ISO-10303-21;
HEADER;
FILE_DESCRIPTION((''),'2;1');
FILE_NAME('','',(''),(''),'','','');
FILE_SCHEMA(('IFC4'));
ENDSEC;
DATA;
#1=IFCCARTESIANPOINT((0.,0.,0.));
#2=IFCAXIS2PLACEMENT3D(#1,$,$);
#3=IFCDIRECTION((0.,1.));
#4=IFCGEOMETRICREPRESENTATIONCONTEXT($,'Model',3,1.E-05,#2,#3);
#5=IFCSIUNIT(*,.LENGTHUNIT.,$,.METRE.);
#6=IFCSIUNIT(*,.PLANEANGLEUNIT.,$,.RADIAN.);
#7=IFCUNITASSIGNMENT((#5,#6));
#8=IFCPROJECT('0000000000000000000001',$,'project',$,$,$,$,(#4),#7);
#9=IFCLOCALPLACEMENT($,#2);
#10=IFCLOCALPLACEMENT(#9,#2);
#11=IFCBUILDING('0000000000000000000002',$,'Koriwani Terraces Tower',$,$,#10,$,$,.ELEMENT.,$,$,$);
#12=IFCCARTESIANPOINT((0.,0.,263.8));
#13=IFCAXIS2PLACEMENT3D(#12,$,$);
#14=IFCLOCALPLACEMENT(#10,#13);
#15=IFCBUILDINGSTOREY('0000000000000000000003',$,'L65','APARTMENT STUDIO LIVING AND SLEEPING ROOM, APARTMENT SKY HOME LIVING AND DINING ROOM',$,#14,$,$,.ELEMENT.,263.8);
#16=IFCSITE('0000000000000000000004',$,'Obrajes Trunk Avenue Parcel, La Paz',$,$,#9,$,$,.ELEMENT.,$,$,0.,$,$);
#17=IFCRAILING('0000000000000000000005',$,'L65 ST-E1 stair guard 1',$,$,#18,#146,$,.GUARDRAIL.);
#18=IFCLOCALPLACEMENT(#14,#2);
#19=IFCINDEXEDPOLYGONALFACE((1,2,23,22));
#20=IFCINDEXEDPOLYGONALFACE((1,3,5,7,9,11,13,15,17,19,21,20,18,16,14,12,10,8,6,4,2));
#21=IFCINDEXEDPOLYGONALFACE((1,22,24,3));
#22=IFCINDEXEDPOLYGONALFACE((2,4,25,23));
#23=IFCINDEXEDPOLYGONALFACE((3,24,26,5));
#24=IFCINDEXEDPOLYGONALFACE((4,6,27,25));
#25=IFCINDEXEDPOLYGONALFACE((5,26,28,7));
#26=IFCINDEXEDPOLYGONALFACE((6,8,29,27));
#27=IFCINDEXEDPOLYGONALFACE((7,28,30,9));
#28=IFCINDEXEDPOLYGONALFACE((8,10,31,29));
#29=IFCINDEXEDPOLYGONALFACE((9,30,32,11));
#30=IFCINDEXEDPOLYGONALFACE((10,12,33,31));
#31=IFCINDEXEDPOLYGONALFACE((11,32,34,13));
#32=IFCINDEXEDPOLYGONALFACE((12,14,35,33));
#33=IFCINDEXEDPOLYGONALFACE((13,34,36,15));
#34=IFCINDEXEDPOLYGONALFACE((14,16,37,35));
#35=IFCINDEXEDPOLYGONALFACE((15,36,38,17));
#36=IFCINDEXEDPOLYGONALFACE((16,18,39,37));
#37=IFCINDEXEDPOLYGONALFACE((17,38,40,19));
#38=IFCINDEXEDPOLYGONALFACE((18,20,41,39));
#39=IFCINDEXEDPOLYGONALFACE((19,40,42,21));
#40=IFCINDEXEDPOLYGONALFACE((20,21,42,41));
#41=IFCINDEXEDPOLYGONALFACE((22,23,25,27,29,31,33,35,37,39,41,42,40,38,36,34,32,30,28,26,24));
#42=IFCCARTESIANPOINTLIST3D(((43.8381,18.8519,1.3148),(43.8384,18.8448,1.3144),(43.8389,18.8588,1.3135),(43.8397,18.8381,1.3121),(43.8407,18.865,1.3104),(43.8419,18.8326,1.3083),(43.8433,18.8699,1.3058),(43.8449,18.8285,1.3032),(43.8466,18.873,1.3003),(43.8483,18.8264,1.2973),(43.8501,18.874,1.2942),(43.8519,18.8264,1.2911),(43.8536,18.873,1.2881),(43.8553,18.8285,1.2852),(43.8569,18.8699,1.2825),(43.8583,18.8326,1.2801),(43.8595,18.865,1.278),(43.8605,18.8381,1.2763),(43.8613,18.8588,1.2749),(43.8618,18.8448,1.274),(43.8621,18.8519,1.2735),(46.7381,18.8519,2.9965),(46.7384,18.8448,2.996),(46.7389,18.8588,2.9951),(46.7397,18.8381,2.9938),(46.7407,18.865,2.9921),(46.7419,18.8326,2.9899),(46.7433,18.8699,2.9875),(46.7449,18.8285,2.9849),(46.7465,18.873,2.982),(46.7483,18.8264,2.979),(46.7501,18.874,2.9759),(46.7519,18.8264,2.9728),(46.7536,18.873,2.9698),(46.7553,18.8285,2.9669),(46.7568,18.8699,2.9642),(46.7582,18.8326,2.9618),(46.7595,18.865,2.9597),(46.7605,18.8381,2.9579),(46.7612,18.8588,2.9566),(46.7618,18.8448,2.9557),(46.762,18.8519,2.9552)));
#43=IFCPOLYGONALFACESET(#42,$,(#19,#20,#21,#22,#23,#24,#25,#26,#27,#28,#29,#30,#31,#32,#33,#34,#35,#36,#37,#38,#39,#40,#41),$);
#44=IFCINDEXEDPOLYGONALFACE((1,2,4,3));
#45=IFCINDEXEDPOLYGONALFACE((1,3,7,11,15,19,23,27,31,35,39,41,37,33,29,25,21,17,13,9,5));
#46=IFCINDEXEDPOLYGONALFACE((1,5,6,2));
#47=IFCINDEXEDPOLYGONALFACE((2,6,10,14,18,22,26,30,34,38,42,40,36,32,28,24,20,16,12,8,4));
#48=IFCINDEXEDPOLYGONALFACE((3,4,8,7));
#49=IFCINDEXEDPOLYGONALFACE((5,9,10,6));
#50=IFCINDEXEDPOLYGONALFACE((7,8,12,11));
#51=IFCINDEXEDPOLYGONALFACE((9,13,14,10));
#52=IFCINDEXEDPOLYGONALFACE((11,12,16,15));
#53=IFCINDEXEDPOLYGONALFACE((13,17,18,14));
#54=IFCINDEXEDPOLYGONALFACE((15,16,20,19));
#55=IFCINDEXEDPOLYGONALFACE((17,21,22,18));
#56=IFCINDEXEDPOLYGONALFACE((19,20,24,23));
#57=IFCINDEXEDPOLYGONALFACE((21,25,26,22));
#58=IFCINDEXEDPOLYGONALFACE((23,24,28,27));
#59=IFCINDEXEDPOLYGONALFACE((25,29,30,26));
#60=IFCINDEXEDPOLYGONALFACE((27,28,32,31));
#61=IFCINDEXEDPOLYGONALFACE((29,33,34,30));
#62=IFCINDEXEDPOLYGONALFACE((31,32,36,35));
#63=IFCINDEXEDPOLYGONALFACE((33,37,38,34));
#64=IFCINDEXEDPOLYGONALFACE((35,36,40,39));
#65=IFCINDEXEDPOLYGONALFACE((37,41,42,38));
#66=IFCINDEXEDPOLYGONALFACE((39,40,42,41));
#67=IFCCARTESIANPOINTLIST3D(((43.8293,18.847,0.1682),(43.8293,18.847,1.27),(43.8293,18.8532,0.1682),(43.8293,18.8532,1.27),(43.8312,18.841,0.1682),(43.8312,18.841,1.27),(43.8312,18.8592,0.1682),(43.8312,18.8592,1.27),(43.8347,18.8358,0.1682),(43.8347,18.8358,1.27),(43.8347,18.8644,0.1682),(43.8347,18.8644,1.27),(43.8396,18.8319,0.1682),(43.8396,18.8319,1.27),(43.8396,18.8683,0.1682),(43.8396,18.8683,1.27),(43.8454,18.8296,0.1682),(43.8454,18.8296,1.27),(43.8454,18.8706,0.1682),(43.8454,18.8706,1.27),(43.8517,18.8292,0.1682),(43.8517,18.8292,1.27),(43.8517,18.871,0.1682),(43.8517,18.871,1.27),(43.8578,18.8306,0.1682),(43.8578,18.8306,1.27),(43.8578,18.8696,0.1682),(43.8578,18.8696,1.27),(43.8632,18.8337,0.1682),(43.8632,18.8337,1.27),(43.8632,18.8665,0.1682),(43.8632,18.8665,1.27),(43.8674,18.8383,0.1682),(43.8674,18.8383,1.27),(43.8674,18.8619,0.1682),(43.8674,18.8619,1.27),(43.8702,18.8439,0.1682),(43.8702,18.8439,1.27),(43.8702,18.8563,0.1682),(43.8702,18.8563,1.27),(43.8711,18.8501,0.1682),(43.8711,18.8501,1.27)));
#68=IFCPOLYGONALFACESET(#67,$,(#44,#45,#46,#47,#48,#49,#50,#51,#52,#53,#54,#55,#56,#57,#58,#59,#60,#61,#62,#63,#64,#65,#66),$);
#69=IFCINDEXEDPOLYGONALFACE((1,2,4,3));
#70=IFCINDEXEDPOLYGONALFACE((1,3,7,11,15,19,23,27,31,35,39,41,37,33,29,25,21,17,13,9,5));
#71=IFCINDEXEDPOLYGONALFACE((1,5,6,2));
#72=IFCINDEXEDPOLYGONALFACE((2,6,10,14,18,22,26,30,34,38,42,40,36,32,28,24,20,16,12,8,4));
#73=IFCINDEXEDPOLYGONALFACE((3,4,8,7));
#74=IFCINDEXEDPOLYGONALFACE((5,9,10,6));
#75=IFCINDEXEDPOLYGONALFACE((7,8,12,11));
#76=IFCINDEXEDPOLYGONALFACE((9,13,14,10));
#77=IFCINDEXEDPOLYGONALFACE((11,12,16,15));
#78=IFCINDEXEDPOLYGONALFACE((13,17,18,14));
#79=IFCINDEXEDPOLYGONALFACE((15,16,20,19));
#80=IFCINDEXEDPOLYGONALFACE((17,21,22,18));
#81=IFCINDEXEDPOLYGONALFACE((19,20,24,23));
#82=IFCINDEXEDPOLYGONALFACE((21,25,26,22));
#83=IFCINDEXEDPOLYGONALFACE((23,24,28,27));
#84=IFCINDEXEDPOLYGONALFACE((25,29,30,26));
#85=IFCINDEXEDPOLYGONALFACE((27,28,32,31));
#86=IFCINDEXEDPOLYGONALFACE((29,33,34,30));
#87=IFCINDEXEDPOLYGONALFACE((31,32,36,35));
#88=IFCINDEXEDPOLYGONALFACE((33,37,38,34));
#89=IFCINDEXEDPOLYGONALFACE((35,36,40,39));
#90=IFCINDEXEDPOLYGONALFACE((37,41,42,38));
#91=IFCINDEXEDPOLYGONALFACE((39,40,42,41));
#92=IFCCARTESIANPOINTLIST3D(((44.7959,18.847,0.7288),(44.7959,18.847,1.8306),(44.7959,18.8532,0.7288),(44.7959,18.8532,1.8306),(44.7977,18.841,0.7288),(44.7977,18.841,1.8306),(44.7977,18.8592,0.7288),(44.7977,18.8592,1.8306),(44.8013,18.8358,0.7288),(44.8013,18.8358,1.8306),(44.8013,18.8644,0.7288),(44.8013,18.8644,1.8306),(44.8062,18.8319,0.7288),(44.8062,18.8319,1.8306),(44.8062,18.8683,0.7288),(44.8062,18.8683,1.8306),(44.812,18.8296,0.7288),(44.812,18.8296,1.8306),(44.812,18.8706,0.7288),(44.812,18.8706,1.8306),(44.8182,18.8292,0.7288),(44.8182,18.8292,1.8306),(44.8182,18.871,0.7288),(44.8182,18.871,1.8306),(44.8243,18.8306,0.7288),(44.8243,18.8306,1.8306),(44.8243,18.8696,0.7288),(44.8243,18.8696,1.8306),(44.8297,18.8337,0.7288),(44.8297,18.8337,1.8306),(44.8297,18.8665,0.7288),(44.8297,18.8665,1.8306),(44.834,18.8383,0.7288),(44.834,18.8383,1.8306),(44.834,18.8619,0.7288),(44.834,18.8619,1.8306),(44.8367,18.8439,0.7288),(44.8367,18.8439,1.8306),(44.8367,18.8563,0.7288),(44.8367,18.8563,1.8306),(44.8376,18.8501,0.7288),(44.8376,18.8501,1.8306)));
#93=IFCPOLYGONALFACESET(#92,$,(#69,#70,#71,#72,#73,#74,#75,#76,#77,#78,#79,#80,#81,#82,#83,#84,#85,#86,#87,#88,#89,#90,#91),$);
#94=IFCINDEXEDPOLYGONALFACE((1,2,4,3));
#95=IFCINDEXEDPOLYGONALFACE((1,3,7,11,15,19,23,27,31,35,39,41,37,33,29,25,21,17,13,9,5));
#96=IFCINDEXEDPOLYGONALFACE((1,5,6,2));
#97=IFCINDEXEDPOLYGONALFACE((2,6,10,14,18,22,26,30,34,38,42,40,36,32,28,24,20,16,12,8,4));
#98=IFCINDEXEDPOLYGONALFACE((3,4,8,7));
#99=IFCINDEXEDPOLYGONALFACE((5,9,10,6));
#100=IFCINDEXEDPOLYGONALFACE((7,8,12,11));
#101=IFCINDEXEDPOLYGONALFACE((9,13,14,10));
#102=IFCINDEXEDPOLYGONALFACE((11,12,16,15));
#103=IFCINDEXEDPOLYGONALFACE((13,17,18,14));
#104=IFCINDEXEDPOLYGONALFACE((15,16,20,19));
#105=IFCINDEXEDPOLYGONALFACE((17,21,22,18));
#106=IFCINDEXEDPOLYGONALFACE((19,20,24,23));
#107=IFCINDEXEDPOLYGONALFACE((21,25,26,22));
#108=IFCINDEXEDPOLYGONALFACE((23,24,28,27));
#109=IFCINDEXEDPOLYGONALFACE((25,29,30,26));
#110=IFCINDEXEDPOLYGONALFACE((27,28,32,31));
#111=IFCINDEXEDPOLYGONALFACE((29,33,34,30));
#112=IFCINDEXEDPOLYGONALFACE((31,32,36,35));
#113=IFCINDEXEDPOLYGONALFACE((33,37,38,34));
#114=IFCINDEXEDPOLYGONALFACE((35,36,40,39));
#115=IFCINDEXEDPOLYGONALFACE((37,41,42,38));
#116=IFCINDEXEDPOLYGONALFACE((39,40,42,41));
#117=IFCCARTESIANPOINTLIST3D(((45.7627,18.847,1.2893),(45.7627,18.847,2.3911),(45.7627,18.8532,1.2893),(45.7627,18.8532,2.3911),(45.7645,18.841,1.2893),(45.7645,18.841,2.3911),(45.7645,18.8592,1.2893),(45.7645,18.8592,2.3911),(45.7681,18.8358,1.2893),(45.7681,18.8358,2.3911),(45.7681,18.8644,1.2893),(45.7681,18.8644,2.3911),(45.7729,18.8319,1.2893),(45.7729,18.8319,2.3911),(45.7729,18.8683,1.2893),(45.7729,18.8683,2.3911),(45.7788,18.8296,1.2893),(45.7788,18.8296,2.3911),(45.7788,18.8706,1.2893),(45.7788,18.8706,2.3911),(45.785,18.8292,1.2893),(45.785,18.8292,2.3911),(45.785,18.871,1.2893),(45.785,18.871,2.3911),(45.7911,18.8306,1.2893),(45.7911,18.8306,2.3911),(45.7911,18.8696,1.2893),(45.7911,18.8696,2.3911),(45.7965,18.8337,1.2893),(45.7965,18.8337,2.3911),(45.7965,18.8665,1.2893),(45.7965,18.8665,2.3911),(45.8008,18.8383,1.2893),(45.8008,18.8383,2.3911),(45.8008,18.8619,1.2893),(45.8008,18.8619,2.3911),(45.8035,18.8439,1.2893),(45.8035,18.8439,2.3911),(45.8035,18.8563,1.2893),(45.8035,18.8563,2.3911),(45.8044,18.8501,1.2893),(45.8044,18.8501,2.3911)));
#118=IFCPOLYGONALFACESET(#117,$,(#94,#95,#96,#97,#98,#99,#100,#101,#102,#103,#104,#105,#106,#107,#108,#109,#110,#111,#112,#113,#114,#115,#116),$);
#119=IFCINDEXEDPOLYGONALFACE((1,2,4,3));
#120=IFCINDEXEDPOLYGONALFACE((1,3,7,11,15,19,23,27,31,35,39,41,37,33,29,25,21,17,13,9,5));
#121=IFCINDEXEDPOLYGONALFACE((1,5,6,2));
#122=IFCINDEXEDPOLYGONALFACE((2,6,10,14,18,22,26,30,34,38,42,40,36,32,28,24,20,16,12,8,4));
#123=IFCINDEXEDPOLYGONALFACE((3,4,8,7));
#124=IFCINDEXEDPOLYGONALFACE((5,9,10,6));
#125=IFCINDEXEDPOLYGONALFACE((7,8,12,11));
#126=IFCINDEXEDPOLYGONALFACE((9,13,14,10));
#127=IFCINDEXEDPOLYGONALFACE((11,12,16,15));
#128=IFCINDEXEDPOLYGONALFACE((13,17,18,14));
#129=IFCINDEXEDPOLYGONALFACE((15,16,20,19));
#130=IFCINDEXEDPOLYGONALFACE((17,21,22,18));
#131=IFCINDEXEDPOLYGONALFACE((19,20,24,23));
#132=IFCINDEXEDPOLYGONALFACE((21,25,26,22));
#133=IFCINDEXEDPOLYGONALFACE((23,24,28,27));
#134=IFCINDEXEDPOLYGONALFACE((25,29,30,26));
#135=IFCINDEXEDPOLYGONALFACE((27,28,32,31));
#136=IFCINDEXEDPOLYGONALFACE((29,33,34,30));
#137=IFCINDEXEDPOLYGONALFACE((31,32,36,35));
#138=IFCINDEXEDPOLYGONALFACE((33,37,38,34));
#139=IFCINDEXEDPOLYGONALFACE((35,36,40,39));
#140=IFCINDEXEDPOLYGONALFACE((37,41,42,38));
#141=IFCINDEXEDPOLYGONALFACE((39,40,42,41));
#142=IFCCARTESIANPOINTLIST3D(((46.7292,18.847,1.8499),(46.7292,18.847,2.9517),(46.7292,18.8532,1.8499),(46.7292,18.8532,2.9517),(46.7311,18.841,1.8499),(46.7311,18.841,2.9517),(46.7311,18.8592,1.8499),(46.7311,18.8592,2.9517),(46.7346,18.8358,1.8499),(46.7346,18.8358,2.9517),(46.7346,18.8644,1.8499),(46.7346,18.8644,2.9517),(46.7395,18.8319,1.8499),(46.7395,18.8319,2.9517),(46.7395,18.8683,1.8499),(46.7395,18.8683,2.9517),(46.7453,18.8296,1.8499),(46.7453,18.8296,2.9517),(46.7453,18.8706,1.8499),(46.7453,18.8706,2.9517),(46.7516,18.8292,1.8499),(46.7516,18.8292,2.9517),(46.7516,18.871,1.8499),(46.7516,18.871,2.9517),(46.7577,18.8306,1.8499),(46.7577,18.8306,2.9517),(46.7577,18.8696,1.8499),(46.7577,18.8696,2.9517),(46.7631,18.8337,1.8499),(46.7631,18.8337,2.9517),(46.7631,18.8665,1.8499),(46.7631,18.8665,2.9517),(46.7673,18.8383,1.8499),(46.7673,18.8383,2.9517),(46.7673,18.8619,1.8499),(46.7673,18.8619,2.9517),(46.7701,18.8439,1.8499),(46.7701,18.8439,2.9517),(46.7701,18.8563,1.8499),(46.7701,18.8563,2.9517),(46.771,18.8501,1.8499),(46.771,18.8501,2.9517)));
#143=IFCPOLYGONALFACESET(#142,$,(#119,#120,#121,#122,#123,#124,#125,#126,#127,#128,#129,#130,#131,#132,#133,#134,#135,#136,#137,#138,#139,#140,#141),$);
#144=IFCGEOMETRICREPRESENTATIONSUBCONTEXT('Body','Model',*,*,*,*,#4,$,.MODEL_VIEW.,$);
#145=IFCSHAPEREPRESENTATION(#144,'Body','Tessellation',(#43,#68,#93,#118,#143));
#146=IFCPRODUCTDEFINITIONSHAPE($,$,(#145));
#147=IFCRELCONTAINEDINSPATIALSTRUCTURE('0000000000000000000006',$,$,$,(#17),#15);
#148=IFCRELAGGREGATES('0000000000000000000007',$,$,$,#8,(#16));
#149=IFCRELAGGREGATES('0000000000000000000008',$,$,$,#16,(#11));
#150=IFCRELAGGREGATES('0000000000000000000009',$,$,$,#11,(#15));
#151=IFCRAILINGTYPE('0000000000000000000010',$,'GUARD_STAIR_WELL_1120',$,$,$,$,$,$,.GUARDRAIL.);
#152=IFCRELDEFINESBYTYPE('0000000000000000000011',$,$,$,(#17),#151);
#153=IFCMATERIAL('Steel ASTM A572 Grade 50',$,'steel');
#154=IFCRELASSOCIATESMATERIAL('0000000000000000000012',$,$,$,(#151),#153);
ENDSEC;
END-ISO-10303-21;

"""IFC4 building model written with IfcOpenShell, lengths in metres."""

from ifc_helpers import new_model, si_unit, direction, frame, origin, origin_2d, place, context, subcontext, project, spatial, circle, extrude, material, type_object, element, save


model = new_model("IFC4")

# Units and contexts
model_context = context("Model", 3, precision=1e-05, world=origin(), true_north=direction((0.0, 1.0)))
body_context = subcontext(model_context, "Body", "Model", "MODEL_VIEW")
ifc_project = project(units=[si_unit("LENGTHUNIT", "METRE"), si_unit("PLANEANGLEUNIT", "RADIAN")], contexts=[model_context])

# Site, building, storey
site_placement = place(None, origin())
site = spatial("IfcSite", under=ifc_project, at=site_placement, Name="Obrajes Trunk Avenue Parcel, La Paz", CompositionType="ELEMENT", RefElevation=0.0)
building_placement = place(site_placement, origin())
building = spatial("IfcBuilding", under=site, at=building_placement, Name="Koriwani Terraces Tower", CompositionType="ELEMENT")
storey_placement = place(building_placement, frame((0.0, 0.0, 263.8)))
storey = spatial("IfcBuildingStorey", under=building, at=storey_placement, Name="L65", Description="APARTMENT STUDIO LIVING AND SLEEPING ROOM, APARTMENT SKY HOME LIVING AND DINING ROOM", CompositionType="ELEMENT", Elevation=263.8)

# Shared definitions
ifc_material_1 = material(Name="Steel ASTM A572 Grade 50", Category="steel")

# Railing
railing_type_1 = type_object("IfcRailingType", Name="GUARD_STAIR_WELL_1120", PredefinedType="GUARDRAIL", material=ifc_material_1)
railing_1_placement = place(storey_placement, frame((43.8501, 18.8501, 0.1682)))
element("IfcRailing", 1, at=railing_1_placement, inside=storey, type_object=railing_type_1, Name="L65 ST-E1 stair guard 1", PredefinedType="GUARDRAIL", context=body_context, shape_type="SweptSolid", body=[
    extrude(circle(Radius=0.0239, at=origin_2d()), frame((0.0, 0.0, 1.126), z_axis=(0.86507, 0.0, 0.501651), x_axis=(0.0, 1.0, 0.0)), (0.0, 0.0, 1.0), 3.3523),
    extrude(circle(Radius=0.021, at=origin_2d()), origin(), (0.0, 0.0, 1.0), 1.1018),
    extrude(circle(Radius=0.021, at=origin_2d()), frame((0.9666, 0.0, 0.5605)), (0.0, 0.0, 1.0), 1.1018),
    extrude(circle(Radius=0.021, at=origin_2d()), frame((1.9333, 0.0, 1.1211)), (0.0, 0.0, 1.0), 1.1018),
    extrude(circle(Radius=0.021, at=origin_2d()), frame((2.8999, 0.0, 1.6816)), (0.0, 0.0, 1.0), 1.1018),
])

save(model, "model.ifc")
